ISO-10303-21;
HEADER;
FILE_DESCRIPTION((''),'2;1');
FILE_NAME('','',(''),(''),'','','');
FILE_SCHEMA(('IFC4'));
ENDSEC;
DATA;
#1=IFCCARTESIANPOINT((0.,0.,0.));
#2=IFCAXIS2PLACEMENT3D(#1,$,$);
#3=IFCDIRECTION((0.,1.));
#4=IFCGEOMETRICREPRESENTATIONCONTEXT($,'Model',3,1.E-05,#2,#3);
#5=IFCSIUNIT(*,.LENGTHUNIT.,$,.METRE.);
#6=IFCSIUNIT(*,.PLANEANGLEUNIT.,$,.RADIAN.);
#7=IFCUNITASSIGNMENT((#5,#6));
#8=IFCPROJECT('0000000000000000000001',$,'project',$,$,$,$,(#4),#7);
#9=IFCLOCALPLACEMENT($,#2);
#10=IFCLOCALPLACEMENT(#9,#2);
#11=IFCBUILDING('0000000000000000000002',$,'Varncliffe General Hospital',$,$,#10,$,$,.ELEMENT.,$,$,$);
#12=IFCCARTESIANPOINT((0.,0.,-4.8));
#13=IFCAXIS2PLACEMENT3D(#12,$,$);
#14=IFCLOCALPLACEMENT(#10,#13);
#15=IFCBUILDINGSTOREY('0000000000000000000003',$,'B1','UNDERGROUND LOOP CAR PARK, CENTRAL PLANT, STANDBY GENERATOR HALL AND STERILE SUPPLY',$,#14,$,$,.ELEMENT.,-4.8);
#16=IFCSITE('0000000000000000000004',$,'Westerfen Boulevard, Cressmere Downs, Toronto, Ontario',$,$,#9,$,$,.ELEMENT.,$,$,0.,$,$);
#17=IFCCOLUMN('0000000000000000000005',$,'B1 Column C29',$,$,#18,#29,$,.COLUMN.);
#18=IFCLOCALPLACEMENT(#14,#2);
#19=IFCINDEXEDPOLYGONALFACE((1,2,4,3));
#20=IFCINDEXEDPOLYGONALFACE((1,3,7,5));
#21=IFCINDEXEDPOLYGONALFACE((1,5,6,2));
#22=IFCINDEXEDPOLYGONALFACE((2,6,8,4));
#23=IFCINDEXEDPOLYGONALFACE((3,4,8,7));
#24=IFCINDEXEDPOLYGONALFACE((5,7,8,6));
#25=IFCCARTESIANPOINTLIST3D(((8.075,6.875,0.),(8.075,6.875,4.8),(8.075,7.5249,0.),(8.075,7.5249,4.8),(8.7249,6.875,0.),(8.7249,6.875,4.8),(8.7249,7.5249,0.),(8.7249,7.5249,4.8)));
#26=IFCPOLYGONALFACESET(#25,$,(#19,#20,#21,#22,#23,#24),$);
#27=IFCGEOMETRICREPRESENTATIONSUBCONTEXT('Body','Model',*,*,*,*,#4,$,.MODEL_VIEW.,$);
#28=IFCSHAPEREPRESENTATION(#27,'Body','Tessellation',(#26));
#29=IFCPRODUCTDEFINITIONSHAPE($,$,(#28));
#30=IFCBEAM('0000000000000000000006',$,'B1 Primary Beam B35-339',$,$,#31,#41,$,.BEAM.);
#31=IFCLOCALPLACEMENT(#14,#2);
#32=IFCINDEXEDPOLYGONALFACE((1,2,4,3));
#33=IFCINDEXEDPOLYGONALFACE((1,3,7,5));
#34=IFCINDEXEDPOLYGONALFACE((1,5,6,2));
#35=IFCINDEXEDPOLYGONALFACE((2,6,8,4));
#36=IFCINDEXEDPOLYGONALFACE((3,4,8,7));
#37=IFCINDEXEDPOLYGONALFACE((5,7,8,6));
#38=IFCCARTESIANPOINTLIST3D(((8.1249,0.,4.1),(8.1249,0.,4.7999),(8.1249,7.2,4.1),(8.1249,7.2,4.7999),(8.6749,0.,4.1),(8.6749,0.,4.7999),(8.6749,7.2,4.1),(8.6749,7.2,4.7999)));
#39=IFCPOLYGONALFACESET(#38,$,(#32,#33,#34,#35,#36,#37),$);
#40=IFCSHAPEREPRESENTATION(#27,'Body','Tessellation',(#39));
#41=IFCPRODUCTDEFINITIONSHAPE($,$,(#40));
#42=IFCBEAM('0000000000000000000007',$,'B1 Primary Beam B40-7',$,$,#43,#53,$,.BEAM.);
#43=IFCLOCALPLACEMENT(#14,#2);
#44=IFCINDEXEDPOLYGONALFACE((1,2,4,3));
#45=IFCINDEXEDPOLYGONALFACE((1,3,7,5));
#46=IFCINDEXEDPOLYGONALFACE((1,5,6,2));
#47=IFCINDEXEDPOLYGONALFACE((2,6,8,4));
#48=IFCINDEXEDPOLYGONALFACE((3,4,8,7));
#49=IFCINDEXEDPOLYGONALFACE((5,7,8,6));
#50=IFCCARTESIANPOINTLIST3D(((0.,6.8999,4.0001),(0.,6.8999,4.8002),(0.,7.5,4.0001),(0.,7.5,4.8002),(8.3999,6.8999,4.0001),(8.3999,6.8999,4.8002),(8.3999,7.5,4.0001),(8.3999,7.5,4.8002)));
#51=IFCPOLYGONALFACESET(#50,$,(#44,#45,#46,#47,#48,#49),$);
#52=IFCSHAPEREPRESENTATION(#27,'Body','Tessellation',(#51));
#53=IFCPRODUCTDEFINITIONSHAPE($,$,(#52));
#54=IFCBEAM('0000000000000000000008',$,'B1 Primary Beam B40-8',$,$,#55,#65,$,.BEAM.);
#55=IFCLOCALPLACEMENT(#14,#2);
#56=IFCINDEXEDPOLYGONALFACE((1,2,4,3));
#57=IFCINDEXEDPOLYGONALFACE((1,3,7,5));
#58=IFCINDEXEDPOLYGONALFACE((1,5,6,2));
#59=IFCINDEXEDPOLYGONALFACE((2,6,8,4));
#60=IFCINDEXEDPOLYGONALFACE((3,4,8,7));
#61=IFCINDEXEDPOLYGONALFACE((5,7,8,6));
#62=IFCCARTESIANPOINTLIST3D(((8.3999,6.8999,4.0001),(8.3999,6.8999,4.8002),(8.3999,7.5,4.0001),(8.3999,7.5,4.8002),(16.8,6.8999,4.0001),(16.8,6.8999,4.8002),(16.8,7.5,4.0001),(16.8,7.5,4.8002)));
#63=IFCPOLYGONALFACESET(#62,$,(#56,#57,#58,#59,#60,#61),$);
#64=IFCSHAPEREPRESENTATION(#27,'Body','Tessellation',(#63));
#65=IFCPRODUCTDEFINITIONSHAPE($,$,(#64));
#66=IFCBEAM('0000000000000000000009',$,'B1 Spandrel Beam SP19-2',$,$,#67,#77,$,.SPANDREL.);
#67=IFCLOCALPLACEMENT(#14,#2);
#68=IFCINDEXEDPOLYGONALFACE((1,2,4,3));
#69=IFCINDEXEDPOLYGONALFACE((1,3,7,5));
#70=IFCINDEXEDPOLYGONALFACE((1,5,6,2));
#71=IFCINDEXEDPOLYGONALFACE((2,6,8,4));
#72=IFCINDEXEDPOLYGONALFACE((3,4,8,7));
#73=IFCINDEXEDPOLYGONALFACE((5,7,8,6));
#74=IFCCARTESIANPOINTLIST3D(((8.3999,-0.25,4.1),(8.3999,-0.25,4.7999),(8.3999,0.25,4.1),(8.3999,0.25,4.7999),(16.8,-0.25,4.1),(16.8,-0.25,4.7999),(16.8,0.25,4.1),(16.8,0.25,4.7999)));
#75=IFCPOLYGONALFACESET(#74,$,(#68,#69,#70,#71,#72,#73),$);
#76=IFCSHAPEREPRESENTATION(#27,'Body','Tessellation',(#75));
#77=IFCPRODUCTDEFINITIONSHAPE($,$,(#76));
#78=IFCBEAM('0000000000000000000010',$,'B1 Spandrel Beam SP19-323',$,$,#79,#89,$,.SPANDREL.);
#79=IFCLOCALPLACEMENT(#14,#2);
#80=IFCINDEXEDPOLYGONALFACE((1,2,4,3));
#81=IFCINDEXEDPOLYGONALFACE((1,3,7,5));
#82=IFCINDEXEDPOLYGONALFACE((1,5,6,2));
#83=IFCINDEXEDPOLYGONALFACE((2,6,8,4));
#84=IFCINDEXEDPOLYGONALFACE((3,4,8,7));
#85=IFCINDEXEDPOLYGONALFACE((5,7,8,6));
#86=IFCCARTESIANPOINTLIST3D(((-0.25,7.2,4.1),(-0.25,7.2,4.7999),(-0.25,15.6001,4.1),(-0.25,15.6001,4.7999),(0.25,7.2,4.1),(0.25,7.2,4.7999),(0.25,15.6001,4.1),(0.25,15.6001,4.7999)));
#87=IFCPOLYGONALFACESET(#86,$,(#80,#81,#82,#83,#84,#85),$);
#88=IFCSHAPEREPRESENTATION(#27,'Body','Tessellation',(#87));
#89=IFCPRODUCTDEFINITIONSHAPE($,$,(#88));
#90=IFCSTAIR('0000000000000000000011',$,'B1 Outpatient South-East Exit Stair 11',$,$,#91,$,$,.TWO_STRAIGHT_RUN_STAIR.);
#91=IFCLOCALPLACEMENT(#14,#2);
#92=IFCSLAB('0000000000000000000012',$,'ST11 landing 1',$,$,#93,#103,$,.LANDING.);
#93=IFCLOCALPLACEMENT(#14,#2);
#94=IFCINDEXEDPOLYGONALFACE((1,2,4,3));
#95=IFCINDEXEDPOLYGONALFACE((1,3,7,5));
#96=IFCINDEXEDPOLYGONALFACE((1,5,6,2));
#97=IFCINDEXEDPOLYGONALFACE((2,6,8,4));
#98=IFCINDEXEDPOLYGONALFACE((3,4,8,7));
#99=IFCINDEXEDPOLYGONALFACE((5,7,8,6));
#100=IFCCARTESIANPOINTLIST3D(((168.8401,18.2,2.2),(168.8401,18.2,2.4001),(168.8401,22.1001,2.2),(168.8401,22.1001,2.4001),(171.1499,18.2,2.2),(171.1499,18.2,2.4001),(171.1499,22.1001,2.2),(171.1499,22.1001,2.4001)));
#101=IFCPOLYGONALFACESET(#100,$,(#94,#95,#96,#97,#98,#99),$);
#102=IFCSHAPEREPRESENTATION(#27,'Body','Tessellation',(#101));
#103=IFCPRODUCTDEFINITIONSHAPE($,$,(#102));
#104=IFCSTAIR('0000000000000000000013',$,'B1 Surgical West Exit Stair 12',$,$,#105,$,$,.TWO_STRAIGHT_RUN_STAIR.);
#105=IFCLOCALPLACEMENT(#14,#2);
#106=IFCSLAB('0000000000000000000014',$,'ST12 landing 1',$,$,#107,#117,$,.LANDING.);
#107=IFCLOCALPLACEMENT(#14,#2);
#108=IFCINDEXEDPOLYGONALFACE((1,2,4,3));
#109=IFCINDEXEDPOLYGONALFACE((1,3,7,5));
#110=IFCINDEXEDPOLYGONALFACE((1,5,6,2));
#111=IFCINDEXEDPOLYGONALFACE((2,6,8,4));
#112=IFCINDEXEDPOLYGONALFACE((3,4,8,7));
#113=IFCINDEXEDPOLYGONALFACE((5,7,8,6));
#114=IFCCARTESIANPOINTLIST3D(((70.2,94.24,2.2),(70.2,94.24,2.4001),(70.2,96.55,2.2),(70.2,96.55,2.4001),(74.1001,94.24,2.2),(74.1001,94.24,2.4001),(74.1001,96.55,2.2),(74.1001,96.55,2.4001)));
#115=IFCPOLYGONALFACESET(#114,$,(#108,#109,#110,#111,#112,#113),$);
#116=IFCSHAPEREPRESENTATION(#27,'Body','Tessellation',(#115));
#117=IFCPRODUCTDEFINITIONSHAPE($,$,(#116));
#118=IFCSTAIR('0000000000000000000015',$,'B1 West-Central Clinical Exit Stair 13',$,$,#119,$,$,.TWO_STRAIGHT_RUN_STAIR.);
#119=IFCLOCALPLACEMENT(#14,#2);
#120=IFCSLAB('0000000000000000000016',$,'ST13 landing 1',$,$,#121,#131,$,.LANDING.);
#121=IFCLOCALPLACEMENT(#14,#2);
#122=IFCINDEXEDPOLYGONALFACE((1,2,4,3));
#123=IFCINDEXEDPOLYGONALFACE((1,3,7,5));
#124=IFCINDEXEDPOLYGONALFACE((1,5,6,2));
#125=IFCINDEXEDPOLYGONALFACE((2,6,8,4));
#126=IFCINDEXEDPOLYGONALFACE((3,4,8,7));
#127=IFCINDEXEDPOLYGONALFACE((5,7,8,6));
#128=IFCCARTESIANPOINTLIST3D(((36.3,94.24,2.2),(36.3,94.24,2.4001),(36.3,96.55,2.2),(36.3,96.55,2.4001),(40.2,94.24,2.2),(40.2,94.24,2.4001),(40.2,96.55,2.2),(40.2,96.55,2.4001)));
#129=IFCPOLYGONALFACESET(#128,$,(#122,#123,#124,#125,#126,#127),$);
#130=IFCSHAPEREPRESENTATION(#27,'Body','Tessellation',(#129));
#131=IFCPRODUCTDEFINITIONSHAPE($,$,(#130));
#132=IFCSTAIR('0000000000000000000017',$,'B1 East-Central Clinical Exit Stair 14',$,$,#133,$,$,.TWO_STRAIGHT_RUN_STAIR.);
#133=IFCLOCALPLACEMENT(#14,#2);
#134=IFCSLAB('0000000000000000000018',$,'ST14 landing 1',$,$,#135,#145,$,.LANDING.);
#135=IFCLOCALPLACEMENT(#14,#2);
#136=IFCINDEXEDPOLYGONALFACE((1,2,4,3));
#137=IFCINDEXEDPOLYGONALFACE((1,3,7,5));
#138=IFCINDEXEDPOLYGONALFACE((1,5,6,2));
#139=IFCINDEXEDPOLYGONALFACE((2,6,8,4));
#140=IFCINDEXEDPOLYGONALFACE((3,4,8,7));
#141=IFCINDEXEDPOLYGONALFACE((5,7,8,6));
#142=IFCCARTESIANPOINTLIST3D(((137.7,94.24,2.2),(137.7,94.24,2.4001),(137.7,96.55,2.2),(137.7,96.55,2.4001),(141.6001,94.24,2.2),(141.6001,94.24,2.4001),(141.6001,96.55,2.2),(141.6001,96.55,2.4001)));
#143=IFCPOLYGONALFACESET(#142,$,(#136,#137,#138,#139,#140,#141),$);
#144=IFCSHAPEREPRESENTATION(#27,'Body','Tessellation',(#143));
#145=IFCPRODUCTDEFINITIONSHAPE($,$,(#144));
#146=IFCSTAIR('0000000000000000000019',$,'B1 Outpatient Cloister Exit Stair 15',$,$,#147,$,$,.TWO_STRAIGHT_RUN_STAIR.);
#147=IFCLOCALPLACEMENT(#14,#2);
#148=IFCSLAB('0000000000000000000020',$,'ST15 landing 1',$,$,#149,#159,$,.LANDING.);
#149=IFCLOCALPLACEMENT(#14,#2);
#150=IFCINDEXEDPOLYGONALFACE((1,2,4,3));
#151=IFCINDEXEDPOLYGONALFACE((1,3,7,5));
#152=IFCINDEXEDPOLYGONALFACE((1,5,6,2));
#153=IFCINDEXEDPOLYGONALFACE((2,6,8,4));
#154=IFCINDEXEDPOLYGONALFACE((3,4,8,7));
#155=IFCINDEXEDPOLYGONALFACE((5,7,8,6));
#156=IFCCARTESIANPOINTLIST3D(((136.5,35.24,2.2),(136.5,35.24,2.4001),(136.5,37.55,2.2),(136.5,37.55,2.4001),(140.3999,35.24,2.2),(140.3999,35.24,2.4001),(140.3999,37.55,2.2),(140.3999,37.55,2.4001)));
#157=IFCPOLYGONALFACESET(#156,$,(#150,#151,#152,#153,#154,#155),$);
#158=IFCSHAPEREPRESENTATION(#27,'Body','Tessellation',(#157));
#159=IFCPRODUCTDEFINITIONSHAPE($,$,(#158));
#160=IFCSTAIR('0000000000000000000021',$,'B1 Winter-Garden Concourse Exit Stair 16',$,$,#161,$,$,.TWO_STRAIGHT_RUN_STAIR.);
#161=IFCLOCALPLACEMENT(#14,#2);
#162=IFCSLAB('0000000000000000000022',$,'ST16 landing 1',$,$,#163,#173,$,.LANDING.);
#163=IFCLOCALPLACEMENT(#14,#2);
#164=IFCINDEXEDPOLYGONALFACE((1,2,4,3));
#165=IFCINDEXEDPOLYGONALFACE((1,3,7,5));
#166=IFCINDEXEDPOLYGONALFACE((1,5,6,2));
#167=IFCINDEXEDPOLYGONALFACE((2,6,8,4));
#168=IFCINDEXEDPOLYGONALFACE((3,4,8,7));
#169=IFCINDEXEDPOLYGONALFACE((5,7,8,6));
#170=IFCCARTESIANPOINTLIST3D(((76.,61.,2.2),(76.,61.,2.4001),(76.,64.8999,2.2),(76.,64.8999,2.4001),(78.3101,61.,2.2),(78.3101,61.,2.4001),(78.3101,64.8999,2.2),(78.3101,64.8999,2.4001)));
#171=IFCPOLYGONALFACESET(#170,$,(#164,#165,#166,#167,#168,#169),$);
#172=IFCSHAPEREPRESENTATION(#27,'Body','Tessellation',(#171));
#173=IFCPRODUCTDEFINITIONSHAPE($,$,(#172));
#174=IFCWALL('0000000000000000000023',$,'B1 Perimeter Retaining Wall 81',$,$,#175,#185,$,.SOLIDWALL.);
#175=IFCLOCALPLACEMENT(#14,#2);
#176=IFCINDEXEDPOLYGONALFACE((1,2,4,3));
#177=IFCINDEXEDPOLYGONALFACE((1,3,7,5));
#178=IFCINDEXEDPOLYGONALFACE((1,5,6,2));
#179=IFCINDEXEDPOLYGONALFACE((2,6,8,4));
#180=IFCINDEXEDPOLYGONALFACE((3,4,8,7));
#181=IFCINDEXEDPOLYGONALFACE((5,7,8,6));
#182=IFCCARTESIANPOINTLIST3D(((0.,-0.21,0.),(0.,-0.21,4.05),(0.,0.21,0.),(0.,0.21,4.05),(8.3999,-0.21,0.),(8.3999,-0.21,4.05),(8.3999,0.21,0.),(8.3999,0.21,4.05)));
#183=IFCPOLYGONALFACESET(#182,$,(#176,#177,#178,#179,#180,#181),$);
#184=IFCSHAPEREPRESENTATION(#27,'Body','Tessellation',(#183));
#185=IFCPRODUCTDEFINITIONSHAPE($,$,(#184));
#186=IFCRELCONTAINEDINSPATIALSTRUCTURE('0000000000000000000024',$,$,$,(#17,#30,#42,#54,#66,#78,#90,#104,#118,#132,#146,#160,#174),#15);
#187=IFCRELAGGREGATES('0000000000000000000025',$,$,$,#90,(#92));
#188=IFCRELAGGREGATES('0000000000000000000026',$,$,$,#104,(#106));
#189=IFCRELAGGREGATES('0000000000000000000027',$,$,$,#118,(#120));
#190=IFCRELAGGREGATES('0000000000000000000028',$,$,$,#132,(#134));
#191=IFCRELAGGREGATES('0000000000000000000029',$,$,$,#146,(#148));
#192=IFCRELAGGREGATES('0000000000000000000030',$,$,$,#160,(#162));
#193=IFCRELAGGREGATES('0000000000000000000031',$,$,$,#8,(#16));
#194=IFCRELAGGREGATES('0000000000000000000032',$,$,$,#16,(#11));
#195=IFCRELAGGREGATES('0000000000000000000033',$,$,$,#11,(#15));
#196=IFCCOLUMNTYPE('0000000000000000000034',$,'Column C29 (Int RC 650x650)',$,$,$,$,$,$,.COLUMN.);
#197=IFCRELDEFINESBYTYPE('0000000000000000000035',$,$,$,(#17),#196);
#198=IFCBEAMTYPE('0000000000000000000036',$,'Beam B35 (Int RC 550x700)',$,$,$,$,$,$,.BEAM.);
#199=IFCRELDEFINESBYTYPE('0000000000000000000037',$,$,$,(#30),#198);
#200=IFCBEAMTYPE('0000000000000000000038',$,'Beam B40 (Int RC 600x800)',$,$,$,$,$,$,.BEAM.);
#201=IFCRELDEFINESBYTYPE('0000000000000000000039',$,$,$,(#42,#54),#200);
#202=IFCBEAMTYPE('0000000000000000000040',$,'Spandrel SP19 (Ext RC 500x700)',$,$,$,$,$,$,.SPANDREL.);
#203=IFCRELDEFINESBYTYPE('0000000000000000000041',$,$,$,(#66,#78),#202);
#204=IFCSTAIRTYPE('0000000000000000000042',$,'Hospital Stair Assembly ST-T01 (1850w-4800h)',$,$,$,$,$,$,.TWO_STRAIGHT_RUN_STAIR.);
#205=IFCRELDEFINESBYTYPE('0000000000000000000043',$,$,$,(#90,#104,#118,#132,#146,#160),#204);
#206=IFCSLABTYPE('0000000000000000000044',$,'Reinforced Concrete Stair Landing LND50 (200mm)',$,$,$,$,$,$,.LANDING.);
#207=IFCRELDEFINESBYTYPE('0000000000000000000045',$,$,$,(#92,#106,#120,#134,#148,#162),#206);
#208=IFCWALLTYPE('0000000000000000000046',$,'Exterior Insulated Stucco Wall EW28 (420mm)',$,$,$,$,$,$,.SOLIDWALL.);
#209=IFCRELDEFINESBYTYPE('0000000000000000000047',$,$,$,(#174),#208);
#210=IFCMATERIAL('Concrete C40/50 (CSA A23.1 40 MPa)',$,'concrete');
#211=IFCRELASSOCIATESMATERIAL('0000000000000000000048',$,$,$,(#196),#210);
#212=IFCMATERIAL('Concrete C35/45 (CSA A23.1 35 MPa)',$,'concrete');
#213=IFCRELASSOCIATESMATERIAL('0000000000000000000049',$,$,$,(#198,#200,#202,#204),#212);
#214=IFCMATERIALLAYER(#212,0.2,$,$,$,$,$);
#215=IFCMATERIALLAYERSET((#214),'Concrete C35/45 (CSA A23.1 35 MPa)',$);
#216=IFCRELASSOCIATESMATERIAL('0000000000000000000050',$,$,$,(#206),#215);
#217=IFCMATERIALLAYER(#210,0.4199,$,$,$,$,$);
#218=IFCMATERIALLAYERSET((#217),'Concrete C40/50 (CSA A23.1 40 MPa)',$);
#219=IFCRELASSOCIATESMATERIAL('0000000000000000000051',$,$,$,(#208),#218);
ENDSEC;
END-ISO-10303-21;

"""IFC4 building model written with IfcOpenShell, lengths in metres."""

from ifc_helpers import new_model, si_unit, direction, frame, frame_2d, origin, origin_2d, place, context, subcontext, project, spatial, polyline, rectangle, outline, extrude, material, layer, layer_set, material_profile, profile_set, type_object, element, aggregate, save


model = new_model("IFC4")

# Units and contexts
model_context = context("Model", 3, precision=1e-05, world=origin(), true_north=direction((0.0, 1.0)))
body_context = subcontext(model_context, "Body", "Model", "MODEL_VIEW")
ifc_project = project(units=[si_unit("LENGTHUNIT", "METRE"), si_unit("PLANEANGLEUNIT", "RADIAN")], contexts=[model_context])

# Site, building, storey
site_placement = place(None, origin())
site = spatial("IfcSite", under=ifc_project, at=site_placement, Name="Westerfen Boulevard, Cressmere Downs, Toronto, Ontario", CompositionType="ELEMENT", RefElevation=0.0)
building_placement = place(site_placement, origin())
building = spatial("IfcBuilding", under=site, at=building_placement, Name="Varncliffe General Hospital", CompositionType="ELEMENT")
storey_placement = place(building_placement, frame((0.0, 0.0, -4.8)))
storey = spatial("IfcBuildingStorey", under=building, at=storey_placement, Name="B1", Description="UNDERGROUND LOOP CAR PARK, CENTRAL PLANT, STANDBY GENERATOR HALL AND STERILE SUPPLY", CompositionType="ELEMENT", Elevation=-4.8)

# Shared definitions
ifc_material_1 = material(Name="Concrete C40/50 (CSA A23.1 40 MPa)", Category="concrete")

# Column
ifc_material_profile_1 = material_profile(ifc_material_1, rectangle(XDim=0.6499, YDim=0.6499, at=origin_2d()), Name="RC 650x650")
ifc_profile_set_1 = profile_set([ifc_material_profile_1], Name="Concrete C40/50 (CSA A23.1 40 MPa)")
column_type_1 = type_object("IfcColumnType", Name="Column C29 (Int RC 650x650)", PredefinedType="COLUMN", material=ifc_profile_set_1)
column_placement = place(storey_placement, frame((8.3999, 7.2, 0.0), z_axis=(0.0, 0.0, 1.0), x_axis=(1.0, 0.0, 0.0)))
element("IfcColumn", 1, at=column_placement, inside=storey, type_object=column_type_1, Name="B1 Column C29", PredefinedType="COLUMN", context=body_context, shape_type="SweptSolid", body=[
    extrude(rectangle(XDim=0.6499, YDim=0.6499, at=origin_2d()), origin(), (0.0, 0.0, 1.0), 4.8),
])

# Beams
ifc_material_2 = material(Name="Concrete C35/45 (CSA A23.1 35 MPa)", Category="concrete")
ifc_material_profile_2 = material_profile(ifc_material_2, rectangle(XDim=0.55, YDim=0.7, at=origin_2d()), Name="RC 550x700")
ifc_profile_set_2 = profile_set([ifc_material_profile_2], Name="Concrete C35/45 (CSA A23.1 35 MPa)")
beam_type_1 = type_object("IfcBeamType", Name="Beam B35 (Int RC 550x700)", PredefinedType="BEAM", material=ifc_profile_set_2)
beam_1_placement = place(storey_placement, frame((8.3999, 0.0, 4.45), z_axis=(0.0, 1.0, 0.0), x_axis=(-1.0, 0.0, 0.0)))
element("IfcBeam", 2, at=beam_1_placement, inside=storey, type_object=beam_type_1, Name="B1 Primary Beam B35-339", PredefinedType="BEAM", context=body_context, shape_type="SweptSolid", body=[
    extrude(rectangle(XDim=0.55, YDim=0.7, at=origin_2d()), origin(), (0.0, 0.0, 1.0), 7.2),
])
ifc_material_profile_3 = material_profile(ifc_material_2, rectangle(XDim=0.6001, YDim=0.8, at=origin_2d()), Name="RC 600x800")
ifc_profile_set_3 = profile_set([ifc_material_profile_3], Name="Concrete C35/45 (CSA A23.1 35 MPa)")
beam_type_2 = type_object("IfcBeamType", Name="Beam B40 (Int RC 600x800)", PredefinedType="BEAM", material=ifc_profile_set_3)
beam_2_placement = place(storey_placement, frame((0.0, 7.2, 4.4001), z_axis=(1.0, 0.0, 0.0), x_axis=(0.0, 1.0, 0.0)))
element("IfcBeam", 3, at=beam_2_placement, inside=storey, type_object=beam_type_2, Name="B1 Primary Beam B40-7", PredefinedType="BEAM", context=body_context, shape_type="SweptSolid", body=[
    extrude(rectangle(XDim=0.6001, YDim=0.8, at=origin_2d()), origin(), (0.0, 0.0, 1.0), 8.3999),
])
beam_3_placement = place(storey_placement, frame((8.3999, 7.2, 4.4001), z_axis=(1.0, 0.0, 0.0), x_axis=(0.0, 1.0, 0.0)))
element("IfcBeam", 4, at=beam_3_placement, inside=storey, type_object=beam_type_2, Name="B1 Primary Beam B40-8", PredefinedType="BEAM", context=body_context, shape_type="SweptSolid", body=[
    extrude(rectangle(XDim=0.6001, YDim=0.8, at=origin_2d()), origin(), (0.0, 0.0, 1.0), 8.4001),
])
ifc_material_profile_4 = material_profile(ifc_material_2, rectangle(XDim=0.5, YDim=0.7, at=origin_2d()), Name="RC 500x700")
ifc_profile_set_4 = profile_set([ifc_material_profile_4], Name="Concrete C35/45 (CSA A23.1 35 MPa)")
beam_type_3 = type_object("IfcBeamType", Name="Spandrel SP19 (Ext RC 500x700)", PredefinedType="SPANDREL", material=ifc_profile_set_4)
for number, where, z_axis, x_axis, name in (
    (5, (8.3999, 0.0, 4.45), (1.0, 0.0, 0.0), (0.0, 1.0, 0.0), "B1 Spandrel Beam SP19-2"),
    (6, (0.0, 7.2, 4.45), (0.0, 1.0, 0.0), (-1.0, 0.0, 0.0), "B1 Spandrel Beam SP19-323"),
):
    element("IfcBeam", number, at=place(storey_placement, frame(where, z_axis=z_axis, x_axis=x_axis)), inside=storey, type_object=beam_type_3, Name=name, PredefinedType="SPANDREL", context=body_context, shape_type="SweptSolid", body=[
        extrude(rectangle(XDim=0.5, YDim=0.7, at=origin_2d()), origin(), (0.0, 0.0, 1.0), 8.4001),
    ])

# Stairs, slabs
stair_type = type_object("IfcStairType", Name="Hospital Stair Assembly ST-T01 (1850w-4800h)", PredefinedType="TWO_STRAIGHT_RUN_STAIR", material=ifc_material_2)
stair_1_placement = place(storey_placement, origin())
stair_1 = element("IfcStair", 7, at=stair_1_placement, inside=storey, type_object=stair_type, Name="B1 Outpatient South-East Exit Stair 11", PredefinedType="TWO_STRAIGHT_RUN_STAIR")
ifc_layer_1 = layer(ifc_material_2, 0.2)
ifc_layer_set_1 = layer_set([ifc_layer_1], Name="Concrete C35/45 (CSA A23.1 35 MPa)")
slab_type = type_object("IfcSlabType", Name="Reinforced Concrete Stair Landing LND50 (200mm)", PredefinedType="LANDING", material=ifc_layer_set_1)
slab_1_placement = place(storey_placement, frame((0.0, 0.0, 2.2)))
slab_1 = element("IfcSlab", 8, at=slab_1_placement, type_object=slab_type, Name="ST11 landing 1", PredefinedType="LANDING", context=body_context, shape_type="SweptSolid", body=[
    extrude(outline(polyline([(168.8401, 18.2), (171.1499, 18.2), (171.1499, 22.1001), (168.8401, 22.1001), (168.8401, 18.2)])), origin(), (0.0, 0.0, 1.0), 0.2002),
])
aggregate(stair_1, [slab_1])
stair_2_placement = place(storey_placement, origin())
stair_2 = element("IfcStair", 9, at=stair_2_placement, inside=storey, type_object=stair_type, Name="B1 Surgical West Exit Stair 12", PredefinedType="TWO_STRAIGHT_RUN_STAIR")
slab_2_placement = place(storey_placement, frame((0.0, 0.0, 2.2)))
slab_2 = element("IfcSlab", 10, at=slab_2_placement, type_object=slab_type, Name="ST12 landing 1", PredefinedType="LANDING", context=body_context, shape_type="SweptSolid", body=[
    extrude(outline(polyline([(74.1001, 94.24), (74.1001, 96.55), (70.2, 96.55), (70.2, 94.24), (74.1001, 94.24)])), origin(), (0.0, 0.0, 1.0), 0.2002),
])
aggregate(stair_2, [slab_2])
stair_3_placement = place(storey_placement, origin())
stair_3 = element("IfcStair", 11, at=stair_3_placement, inside=storey, type_object=stair_type, Name="B1 West-Central Clinical Exit Stair 13", PredefinedType="TWO_STRAIGHT_RUN_STAIR")
slab_3_placement = place(storey_placement, frame((0.0, 0.0, 2.2)))
slab_3 = element("IfcSlab", 12, at=slab_3_placement, type_object=slab_type, Name="ST13 landing 1", PredefinedType="LANDING", context=body_context, shape_type="SweptSolid", body=[
    extrude(outline(polyline([(40.2, 94.24), (40.2, 96.55), (36.3, 96.55), (36.3, 94.24), (40.2, 94.24)])), origin(), (0.0, 0.0, 1.0), 0.2002),
])
aggregate(stair_3, [slab_3])
stair_4_placement = place(storey_placement, origin())
stair_4 = element("IfcStair", 13, at=stair_4_placement, inside=storey, type_object=stair_type, Name="B1 East-Central Clinical Exit Stair 14", PredefinedType="TWO_STRAIGHT_RUN_STAIR")
slab_4_placement = place(storey_placement, frame((0.0, 0.0, 2.2)))
slab_4 = element("IfcSlab", 14, at=slab_4_placement, type_object=slab_type, Name="ST14 landing 1", PredefinedType="LANDING", context=body_context, shape_type="SweptSolid", body=[
    extrude(outline(polyline([(141.6001, 94.24), (141.6001, 96.55), (137.7, 96.55), (137.7, 94.24), (141.6001, 94.24)])), origin(), (0.0, 0.0, 1.0), 0.2002),
])
aggregate(stair_4, [slab_4])
stair_5_placement = place(storey_placement, origin())
stair_5 = element("IfcStair", 15, at=stair_5_placement, inside=storey, type_object=stair_type, Name="B1 Outpatient Cloister Exit Stair 15", PredefinedType="TWO_STRAIGHT_RUN_STAIR")
slab_5_placement = place(storey_placement, frame((0.0, 0.0, 2.2)))
slab_5 = element("IfcSlab", 16, at=slab_5_placement, type_object=slab_type, Name="ST15 landing 1", PredefinedType="LANDING", context=body_context, shape_type="SweptSolid", body=[
    extrude(outline(polyline([(140.3999, 35.24), (140.3999, 37.55), (136.5, 37.55), (136.5, 35.24), (140.3999, 35.24)])), origin(), (0.0, 0.0, 1.0), 0.2002),
])
aggregate(stair_5, [slab_5])
stair_6_placement = place(storey_placement, origin())
stair_6 = element("IfcStair", 17, at=stair_6_placement, inside=storey, type_object=stair_type, Name="B1 Winter-Garden Concourse Exit Stair 16", PredefinedType="TWO_STRAIGHT_RUN_STAIR")
slab_6_placement = place(storey_placement, frame((0.0, 0.0, 2.2)))
slab_6 = element("IfcSlab", 18, at=slab_6_placement, type_object=slab_type, Name="ST16 landing 1", PredefinedType="LANDING", context=body_context, shape_type="SweptSolid", body=[
    extrude(outline(polyline([(78.3101, 64.8999), (76.0, 64.8999), (76.0, 61.0), (78.3101, 61.0), (78.3101, 64.8999)])), origin(), (0.0, 0.0, 1.0), 0.2002),
])
aggregate(stair_6, [slab_6])

# Wall
ifc_layer_2 = layer(ifc_material_1, 0.4199)
ifc_layer_set_2 = layer_set([ifc_layer_2], Name="Concrete C40/50 (CSA A23.1 40 MPa)")
wall_type = type_object("IfcWallType", Name="Exterior Insulated Stucco Wall EW28 (420mm)", PredefinedType="SOLIDWALL", material=ifc_layer_set_2)
wall_placement = place(storey_placement, frame((8.3999, 0.0, 0.0), z_axis=(0.0, 0.0, 1.0), x_axis=(-1.0, 0.0, 0.0)))
element("IfcWall", 19, at=wall_placement, inside=storey, type_object=wall_type, Name="B1 Perimeter Retaining Wall 81", PredefinedType="SOLIDWALL", context=body_context, shape_type="SweptSolid", body=[
    extrude(rectangle(XDim=8.3999, YDim=0.4199, at=frame_2d((4.2, 0.0))), origin(), (0.0, 0.0, 1.0), 4.05),
])

save(model, "model.ifc")
